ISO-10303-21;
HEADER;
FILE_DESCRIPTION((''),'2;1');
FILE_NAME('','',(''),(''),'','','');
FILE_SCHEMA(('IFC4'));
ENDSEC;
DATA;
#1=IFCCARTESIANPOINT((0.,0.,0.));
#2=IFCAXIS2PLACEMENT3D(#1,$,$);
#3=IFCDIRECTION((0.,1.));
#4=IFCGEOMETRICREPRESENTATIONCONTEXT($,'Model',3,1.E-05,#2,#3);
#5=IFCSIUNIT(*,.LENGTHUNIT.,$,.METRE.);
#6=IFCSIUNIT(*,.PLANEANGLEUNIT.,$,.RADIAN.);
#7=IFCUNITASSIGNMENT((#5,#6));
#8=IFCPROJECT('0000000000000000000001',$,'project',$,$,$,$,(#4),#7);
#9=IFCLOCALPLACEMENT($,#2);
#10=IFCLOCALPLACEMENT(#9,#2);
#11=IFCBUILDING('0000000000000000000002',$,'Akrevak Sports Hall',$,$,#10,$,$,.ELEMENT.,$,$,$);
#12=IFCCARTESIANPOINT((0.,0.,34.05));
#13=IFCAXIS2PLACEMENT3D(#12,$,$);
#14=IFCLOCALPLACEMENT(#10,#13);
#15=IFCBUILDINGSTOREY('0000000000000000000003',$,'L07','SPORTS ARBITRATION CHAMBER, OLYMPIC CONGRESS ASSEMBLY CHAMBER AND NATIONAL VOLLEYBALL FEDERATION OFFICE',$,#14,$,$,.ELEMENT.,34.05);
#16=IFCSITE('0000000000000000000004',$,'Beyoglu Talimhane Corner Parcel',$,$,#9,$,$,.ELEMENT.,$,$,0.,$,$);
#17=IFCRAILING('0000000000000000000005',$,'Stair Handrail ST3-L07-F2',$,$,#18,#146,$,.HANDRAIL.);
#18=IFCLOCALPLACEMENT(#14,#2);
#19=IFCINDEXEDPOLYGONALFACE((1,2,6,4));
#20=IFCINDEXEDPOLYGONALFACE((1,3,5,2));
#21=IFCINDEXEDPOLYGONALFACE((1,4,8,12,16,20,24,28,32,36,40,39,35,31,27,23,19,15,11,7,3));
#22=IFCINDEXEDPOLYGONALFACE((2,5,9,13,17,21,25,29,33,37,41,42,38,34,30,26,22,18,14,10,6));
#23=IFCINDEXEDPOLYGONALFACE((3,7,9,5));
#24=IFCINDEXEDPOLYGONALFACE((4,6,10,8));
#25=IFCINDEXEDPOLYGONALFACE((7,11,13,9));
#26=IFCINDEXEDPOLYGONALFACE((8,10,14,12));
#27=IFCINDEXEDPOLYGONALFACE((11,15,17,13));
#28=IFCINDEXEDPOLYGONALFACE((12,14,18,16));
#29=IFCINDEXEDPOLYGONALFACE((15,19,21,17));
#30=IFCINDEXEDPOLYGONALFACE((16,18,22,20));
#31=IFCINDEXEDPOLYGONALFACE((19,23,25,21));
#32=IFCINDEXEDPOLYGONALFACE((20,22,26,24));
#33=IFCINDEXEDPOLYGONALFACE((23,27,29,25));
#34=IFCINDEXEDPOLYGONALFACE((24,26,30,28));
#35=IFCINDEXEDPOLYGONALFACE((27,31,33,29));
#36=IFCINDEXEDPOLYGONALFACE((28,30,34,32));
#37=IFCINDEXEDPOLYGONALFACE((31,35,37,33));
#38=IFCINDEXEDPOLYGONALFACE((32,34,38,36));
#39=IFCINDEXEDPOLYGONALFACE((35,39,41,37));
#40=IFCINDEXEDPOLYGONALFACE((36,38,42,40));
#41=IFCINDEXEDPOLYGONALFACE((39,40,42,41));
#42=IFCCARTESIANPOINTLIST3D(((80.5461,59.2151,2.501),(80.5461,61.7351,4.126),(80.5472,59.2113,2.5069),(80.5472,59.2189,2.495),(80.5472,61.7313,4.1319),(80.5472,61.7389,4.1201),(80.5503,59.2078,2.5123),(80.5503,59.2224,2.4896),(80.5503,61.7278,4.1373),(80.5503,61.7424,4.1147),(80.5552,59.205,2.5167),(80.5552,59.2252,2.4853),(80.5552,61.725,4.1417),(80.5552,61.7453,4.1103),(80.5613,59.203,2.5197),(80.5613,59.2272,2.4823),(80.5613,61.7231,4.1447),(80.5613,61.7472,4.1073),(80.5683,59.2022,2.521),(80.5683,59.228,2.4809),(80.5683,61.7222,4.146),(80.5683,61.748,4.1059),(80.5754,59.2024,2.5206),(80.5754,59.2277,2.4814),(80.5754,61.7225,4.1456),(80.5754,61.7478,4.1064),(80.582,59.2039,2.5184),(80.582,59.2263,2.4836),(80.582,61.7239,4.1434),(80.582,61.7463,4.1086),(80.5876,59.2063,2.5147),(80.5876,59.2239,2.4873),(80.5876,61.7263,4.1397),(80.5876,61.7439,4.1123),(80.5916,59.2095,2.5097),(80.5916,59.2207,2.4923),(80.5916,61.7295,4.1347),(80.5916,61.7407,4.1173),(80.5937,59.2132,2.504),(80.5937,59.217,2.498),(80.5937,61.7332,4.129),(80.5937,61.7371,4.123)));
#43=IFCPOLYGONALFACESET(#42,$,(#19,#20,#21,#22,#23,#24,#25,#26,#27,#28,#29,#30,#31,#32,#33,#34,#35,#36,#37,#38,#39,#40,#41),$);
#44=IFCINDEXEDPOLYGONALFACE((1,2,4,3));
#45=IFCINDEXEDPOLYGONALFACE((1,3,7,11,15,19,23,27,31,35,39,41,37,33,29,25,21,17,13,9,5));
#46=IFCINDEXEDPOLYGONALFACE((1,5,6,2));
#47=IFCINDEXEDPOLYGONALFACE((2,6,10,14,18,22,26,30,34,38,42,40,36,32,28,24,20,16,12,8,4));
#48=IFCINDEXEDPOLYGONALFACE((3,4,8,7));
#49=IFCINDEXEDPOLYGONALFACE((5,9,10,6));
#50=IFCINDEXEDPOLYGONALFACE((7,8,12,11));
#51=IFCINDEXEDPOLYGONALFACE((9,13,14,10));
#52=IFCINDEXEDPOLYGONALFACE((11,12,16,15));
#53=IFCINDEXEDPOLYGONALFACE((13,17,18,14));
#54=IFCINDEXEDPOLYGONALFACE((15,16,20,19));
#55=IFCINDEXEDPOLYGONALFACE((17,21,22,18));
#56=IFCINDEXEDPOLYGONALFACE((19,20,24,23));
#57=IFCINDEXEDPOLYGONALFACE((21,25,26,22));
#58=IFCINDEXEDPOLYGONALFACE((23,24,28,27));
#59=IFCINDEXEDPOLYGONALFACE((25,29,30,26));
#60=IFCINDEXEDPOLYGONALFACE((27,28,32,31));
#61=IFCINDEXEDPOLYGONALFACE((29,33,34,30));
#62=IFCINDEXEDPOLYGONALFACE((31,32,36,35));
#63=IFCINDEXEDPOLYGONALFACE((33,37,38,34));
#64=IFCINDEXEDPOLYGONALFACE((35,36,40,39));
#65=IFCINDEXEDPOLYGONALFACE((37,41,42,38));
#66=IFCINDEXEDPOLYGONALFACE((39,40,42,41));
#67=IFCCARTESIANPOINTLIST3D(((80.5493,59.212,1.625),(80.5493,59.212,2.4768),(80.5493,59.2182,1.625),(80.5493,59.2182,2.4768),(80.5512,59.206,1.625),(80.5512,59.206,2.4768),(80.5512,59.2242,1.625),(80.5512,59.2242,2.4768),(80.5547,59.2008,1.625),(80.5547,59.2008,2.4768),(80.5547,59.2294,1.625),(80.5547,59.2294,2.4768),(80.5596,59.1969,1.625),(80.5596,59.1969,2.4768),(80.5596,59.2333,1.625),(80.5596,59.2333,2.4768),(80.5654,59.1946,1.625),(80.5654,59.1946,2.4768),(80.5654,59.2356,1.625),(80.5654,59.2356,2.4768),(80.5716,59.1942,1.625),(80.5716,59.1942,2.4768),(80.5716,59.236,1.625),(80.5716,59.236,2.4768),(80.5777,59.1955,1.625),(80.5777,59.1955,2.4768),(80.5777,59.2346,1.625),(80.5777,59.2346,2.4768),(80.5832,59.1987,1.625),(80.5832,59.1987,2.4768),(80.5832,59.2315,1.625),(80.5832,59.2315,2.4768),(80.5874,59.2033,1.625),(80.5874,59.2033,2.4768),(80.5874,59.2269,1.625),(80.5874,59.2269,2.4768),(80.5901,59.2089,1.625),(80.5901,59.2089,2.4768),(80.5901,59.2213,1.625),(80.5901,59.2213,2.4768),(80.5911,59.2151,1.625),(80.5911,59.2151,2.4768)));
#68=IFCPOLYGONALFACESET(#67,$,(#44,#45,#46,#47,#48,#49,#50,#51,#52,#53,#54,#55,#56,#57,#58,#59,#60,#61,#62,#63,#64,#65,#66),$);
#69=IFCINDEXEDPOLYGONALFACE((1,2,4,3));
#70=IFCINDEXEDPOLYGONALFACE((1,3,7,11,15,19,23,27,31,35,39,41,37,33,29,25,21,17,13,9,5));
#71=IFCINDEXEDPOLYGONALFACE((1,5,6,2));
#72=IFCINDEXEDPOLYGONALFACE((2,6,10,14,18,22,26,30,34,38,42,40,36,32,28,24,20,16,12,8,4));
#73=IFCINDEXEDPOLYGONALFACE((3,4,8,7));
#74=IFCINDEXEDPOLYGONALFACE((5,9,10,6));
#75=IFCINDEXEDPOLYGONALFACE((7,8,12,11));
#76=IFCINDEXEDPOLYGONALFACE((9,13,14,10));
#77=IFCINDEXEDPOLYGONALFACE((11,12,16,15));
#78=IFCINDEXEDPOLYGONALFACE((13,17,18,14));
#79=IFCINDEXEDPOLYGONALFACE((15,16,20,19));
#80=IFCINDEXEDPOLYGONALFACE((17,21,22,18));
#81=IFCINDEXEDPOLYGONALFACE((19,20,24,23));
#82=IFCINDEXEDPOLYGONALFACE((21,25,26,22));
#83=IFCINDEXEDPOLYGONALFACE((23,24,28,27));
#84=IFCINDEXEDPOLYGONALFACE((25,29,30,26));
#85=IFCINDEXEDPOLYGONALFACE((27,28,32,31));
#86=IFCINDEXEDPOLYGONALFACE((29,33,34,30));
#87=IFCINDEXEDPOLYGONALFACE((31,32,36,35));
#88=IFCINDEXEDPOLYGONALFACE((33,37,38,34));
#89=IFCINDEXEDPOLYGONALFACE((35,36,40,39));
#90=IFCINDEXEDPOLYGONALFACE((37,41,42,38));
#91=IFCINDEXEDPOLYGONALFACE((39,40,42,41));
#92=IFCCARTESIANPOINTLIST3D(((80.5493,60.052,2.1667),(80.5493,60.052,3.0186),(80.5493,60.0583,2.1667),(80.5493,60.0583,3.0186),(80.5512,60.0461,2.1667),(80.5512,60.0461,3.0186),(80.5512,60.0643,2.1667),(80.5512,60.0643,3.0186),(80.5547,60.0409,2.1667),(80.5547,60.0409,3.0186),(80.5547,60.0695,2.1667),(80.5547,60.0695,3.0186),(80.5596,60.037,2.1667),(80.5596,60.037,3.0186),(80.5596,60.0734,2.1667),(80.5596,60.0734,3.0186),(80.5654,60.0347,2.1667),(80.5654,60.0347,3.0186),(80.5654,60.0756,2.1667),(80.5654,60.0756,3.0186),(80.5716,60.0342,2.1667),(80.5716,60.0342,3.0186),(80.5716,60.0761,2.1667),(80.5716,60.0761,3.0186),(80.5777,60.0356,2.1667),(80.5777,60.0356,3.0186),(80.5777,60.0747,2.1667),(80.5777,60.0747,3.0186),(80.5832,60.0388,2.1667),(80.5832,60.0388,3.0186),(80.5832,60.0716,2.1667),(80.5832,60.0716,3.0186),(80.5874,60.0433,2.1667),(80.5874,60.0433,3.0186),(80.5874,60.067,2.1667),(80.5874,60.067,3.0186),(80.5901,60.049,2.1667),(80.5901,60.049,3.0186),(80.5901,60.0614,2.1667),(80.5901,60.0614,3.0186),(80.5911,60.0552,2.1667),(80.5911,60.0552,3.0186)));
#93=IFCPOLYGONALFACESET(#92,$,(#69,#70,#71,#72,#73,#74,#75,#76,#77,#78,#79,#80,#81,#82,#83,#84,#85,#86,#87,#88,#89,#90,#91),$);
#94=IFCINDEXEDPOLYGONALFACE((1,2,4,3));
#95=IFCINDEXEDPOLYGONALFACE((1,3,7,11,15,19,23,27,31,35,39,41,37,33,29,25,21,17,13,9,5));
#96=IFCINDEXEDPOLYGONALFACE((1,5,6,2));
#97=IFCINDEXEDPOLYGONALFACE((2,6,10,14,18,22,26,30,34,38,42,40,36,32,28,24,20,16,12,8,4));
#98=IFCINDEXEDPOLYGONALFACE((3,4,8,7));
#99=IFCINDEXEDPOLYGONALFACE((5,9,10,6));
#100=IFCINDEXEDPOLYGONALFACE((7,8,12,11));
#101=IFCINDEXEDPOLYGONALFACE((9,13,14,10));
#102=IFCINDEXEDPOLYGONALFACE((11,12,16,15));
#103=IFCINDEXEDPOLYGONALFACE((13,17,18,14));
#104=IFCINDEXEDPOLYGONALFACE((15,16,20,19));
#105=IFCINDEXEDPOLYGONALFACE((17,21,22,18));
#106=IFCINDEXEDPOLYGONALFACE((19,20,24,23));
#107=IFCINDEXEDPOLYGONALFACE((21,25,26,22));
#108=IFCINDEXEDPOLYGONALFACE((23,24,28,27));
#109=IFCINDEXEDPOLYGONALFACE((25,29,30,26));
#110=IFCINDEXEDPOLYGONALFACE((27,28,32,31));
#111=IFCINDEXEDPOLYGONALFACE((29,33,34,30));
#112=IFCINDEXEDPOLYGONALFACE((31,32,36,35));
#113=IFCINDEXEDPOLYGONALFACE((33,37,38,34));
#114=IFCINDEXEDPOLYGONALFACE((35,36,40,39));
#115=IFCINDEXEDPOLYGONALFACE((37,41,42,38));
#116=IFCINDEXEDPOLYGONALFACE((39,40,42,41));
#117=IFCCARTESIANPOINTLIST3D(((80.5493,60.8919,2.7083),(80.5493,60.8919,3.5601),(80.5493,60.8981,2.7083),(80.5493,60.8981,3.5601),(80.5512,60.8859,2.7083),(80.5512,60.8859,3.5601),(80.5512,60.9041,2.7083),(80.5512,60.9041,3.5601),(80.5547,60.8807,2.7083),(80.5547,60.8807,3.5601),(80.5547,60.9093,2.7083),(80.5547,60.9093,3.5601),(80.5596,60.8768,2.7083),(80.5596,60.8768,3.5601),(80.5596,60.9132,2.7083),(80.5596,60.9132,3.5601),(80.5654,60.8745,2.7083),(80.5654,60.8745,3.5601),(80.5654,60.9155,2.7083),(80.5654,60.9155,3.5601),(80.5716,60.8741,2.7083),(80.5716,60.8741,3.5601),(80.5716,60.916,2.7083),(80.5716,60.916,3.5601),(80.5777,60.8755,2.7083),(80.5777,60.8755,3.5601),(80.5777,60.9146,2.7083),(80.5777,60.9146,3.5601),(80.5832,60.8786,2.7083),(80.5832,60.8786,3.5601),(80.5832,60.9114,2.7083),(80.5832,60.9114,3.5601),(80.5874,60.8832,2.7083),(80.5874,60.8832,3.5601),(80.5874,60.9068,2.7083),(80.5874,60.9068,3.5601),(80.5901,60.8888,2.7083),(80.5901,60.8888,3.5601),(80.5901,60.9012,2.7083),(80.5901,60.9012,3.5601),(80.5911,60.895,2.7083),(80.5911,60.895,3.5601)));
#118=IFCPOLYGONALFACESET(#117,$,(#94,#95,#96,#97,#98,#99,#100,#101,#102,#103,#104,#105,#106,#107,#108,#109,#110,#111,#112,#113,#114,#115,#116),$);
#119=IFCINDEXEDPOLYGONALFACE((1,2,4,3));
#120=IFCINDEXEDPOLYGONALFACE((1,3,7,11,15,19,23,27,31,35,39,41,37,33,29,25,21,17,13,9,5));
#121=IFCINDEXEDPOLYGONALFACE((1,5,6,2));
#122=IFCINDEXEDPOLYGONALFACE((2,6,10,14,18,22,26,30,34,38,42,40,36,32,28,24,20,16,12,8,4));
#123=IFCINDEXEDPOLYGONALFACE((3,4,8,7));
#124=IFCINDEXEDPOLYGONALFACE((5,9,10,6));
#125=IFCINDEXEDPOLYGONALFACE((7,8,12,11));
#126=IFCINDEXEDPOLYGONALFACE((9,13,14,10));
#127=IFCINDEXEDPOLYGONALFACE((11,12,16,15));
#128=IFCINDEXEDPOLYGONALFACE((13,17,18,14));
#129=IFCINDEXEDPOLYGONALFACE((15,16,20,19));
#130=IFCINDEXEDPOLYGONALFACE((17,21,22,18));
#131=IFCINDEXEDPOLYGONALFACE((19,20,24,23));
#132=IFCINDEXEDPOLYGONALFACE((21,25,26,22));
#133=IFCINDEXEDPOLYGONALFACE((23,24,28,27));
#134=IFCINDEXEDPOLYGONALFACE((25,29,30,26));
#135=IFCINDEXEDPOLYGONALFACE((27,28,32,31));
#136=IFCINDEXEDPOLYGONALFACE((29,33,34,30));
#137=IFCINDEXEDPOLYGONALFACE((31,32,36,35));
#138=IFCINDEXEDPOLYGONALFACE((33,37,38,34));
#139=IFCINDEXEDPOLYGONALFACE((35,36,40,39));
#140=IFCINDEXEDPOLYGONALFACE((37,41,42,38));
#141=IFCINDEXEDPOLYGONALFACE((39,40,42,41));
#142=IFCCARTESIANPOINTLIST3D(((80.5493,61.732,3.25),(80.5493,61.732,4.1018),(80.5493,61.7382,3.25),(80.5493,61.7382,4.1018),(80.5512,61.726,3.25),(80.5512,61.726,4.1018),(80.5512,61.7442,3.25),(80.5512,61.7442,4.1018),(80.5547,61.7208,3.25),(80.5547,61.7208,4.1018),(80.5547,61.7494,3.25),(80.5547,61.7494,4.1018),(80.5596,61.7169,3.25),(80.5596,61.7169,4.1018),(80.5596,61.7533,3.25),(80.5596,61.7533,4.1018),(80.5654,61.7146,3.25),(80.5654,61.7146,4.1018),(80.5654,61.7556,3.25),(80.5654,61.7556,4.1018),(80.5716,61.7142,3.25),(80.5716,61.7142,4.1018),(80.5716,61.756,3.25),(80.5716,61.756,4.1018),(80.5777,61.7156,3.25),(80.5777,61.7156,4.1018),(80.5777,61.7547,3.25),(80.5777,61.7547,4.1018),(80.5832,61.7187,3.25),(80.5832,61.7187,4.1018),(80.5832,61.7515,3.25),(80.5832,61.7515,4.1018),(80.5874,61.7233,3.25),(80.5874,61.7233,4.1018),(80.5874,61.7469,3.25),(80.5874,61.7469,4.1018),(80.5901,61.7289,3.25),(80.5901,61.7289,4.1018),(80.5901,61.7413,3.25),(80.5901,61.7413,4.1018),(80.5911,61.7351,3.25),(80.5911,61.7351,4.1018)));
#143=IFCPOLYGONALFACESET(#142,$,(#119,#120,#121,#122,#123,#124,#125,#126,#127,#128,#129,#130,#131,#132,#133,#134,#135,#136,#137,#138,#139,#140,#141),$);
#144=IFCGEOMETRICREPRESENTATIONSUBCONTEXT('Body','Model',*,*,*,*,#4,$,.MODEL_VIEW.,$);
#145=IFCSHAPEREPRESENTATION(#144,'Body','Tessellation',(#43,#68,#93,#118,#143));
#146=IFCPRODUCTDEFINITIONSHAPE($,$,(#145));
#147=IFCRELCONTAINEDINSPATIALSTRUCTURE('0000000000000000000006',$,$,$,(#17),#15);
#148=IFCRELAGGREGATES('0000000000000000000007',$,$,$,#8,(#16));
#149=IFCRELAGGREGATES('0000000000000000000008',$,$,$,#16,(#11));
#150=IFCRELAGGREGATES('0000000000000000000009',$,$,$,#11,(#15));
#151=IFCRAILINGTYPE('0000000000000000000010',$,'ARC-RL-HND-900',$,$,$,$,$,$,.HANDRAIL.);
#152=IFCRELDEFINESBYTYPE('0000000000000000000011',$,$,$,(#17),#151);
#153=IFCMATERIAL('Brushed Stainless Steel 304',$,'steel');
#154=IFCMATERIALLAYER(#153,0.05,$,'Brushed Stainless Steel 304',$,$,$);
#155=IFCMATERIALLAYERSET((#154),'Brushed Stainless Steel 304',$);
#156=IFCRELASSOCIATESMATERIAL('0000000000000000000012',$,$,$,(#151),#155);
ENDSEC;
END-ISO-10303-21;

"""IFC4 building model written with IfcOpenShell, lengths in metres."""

from ifc_helpers import new_model, si_unit, direction, frame, origin, origin_2d, place, context, subcontext, project, spatial, circle, extrude, material, layer, layer_set, type_object, element, save


model = new_model("IFC4")

# Units and contexts
model_context = context("Model", 3, precision=1e-05, world=origin(), true_north=direction((0.0, 1.0)))
body_context = subcontext(model_context, "Body", "Model", "MODEL_VIEW")
ifc_project = project(units=[si_unit("LENGTHUNIT", "METRE"), si_unit("PLANEANGLEUNIT", "RADIAN")], contexts=[model_context])

# Site, building, storey
site_placement = place(None, origin())
site = spatial("IfcSite", under=ifc_project, at=site_placement, Name="Beyoglu Talimhane Corner Parcel", CompositionType="ELEMENT", RefElevation=0.0)
building_placement = place(site_placement, origin())
building = spatial("IfcBuilding", under=site, at=building_placement, Name="Akrevak Sports Hall", CompositionType="ELEMENT")
storey_placement = place(building_placement, frame((0.0, 0.0, 34.05)))
storey = spatial("IfcBuildingStorey", under=building, at=storey_placement, Name="L07", Description="SPORTS ARBITRATION CHAMBER, OLYMPIC CONGRESS ASSEMBLY CHAMBER AND NATIONAL VOLLEYBALL FEDERATION OFFICE", CompositionType="ELEMENT", Elevation=34.05)

# Railing
ifc_material_1 = material(Name="Brushed Stainless Steel 304", Category="steel")
ifc_layer_1 = layer(ifc_material_1, 0.05, Name="Brushed Stainless Steel 304")
ifc_layer_set_1 = layer_set([ifc_layer_1], Name="Brushed Stainless Steel 304")
railing_type_1 = type_object("IfcRailingType", Name="ARC-RL-HND-900", PredefinedType="HANDRAIL", material=ifc_layer_set_1)
railing_1_placement = place(storey_placement, frame((80.5701, 59.2151, 1.625)))
element("IfcRailing", 1, at=railing_1_placement, inside=storey, type_object=railing_type_1, Name="Stair Handrail ST3-L07-F2", PredefinedType="HANDRAIL", context=body_context, shape_type="SweptSolid", body=[
    extrude(circle(Radius=0.0239, at=origin_2d()), frame((0.0, 0.0, 0.876), z_axis=(0.0, 0.840421, 0.541934), x_axis=(-1.0, 0.0, 0.0)), (0.0, 0.0, 1.0), 2.9985),
    extrude(circle(Radius=0.021, at=origin_2d()), origin(), (0.0, 0.0, 1.0), 0.8518),
    extrude(circle(Radius=0.021, at=origin_2d()), frame((0.0, 0.8401, 0.5417)), (0.0, 0.0, 1.0), 0.8518),
    extrude(circle(Radius=0.021, at=origin_2d()), frame((0.0, 1.6799, 1.0833)), (0.0, 0.0, 1.0), 0.8518),
    extrude(circle(Radius=0.021, at=origin_2d()), frame((0.0, 2.52, 1.625)), (0.0, 0.0, 1.0), 0.8518),
])

save(model, "model.ifc")
